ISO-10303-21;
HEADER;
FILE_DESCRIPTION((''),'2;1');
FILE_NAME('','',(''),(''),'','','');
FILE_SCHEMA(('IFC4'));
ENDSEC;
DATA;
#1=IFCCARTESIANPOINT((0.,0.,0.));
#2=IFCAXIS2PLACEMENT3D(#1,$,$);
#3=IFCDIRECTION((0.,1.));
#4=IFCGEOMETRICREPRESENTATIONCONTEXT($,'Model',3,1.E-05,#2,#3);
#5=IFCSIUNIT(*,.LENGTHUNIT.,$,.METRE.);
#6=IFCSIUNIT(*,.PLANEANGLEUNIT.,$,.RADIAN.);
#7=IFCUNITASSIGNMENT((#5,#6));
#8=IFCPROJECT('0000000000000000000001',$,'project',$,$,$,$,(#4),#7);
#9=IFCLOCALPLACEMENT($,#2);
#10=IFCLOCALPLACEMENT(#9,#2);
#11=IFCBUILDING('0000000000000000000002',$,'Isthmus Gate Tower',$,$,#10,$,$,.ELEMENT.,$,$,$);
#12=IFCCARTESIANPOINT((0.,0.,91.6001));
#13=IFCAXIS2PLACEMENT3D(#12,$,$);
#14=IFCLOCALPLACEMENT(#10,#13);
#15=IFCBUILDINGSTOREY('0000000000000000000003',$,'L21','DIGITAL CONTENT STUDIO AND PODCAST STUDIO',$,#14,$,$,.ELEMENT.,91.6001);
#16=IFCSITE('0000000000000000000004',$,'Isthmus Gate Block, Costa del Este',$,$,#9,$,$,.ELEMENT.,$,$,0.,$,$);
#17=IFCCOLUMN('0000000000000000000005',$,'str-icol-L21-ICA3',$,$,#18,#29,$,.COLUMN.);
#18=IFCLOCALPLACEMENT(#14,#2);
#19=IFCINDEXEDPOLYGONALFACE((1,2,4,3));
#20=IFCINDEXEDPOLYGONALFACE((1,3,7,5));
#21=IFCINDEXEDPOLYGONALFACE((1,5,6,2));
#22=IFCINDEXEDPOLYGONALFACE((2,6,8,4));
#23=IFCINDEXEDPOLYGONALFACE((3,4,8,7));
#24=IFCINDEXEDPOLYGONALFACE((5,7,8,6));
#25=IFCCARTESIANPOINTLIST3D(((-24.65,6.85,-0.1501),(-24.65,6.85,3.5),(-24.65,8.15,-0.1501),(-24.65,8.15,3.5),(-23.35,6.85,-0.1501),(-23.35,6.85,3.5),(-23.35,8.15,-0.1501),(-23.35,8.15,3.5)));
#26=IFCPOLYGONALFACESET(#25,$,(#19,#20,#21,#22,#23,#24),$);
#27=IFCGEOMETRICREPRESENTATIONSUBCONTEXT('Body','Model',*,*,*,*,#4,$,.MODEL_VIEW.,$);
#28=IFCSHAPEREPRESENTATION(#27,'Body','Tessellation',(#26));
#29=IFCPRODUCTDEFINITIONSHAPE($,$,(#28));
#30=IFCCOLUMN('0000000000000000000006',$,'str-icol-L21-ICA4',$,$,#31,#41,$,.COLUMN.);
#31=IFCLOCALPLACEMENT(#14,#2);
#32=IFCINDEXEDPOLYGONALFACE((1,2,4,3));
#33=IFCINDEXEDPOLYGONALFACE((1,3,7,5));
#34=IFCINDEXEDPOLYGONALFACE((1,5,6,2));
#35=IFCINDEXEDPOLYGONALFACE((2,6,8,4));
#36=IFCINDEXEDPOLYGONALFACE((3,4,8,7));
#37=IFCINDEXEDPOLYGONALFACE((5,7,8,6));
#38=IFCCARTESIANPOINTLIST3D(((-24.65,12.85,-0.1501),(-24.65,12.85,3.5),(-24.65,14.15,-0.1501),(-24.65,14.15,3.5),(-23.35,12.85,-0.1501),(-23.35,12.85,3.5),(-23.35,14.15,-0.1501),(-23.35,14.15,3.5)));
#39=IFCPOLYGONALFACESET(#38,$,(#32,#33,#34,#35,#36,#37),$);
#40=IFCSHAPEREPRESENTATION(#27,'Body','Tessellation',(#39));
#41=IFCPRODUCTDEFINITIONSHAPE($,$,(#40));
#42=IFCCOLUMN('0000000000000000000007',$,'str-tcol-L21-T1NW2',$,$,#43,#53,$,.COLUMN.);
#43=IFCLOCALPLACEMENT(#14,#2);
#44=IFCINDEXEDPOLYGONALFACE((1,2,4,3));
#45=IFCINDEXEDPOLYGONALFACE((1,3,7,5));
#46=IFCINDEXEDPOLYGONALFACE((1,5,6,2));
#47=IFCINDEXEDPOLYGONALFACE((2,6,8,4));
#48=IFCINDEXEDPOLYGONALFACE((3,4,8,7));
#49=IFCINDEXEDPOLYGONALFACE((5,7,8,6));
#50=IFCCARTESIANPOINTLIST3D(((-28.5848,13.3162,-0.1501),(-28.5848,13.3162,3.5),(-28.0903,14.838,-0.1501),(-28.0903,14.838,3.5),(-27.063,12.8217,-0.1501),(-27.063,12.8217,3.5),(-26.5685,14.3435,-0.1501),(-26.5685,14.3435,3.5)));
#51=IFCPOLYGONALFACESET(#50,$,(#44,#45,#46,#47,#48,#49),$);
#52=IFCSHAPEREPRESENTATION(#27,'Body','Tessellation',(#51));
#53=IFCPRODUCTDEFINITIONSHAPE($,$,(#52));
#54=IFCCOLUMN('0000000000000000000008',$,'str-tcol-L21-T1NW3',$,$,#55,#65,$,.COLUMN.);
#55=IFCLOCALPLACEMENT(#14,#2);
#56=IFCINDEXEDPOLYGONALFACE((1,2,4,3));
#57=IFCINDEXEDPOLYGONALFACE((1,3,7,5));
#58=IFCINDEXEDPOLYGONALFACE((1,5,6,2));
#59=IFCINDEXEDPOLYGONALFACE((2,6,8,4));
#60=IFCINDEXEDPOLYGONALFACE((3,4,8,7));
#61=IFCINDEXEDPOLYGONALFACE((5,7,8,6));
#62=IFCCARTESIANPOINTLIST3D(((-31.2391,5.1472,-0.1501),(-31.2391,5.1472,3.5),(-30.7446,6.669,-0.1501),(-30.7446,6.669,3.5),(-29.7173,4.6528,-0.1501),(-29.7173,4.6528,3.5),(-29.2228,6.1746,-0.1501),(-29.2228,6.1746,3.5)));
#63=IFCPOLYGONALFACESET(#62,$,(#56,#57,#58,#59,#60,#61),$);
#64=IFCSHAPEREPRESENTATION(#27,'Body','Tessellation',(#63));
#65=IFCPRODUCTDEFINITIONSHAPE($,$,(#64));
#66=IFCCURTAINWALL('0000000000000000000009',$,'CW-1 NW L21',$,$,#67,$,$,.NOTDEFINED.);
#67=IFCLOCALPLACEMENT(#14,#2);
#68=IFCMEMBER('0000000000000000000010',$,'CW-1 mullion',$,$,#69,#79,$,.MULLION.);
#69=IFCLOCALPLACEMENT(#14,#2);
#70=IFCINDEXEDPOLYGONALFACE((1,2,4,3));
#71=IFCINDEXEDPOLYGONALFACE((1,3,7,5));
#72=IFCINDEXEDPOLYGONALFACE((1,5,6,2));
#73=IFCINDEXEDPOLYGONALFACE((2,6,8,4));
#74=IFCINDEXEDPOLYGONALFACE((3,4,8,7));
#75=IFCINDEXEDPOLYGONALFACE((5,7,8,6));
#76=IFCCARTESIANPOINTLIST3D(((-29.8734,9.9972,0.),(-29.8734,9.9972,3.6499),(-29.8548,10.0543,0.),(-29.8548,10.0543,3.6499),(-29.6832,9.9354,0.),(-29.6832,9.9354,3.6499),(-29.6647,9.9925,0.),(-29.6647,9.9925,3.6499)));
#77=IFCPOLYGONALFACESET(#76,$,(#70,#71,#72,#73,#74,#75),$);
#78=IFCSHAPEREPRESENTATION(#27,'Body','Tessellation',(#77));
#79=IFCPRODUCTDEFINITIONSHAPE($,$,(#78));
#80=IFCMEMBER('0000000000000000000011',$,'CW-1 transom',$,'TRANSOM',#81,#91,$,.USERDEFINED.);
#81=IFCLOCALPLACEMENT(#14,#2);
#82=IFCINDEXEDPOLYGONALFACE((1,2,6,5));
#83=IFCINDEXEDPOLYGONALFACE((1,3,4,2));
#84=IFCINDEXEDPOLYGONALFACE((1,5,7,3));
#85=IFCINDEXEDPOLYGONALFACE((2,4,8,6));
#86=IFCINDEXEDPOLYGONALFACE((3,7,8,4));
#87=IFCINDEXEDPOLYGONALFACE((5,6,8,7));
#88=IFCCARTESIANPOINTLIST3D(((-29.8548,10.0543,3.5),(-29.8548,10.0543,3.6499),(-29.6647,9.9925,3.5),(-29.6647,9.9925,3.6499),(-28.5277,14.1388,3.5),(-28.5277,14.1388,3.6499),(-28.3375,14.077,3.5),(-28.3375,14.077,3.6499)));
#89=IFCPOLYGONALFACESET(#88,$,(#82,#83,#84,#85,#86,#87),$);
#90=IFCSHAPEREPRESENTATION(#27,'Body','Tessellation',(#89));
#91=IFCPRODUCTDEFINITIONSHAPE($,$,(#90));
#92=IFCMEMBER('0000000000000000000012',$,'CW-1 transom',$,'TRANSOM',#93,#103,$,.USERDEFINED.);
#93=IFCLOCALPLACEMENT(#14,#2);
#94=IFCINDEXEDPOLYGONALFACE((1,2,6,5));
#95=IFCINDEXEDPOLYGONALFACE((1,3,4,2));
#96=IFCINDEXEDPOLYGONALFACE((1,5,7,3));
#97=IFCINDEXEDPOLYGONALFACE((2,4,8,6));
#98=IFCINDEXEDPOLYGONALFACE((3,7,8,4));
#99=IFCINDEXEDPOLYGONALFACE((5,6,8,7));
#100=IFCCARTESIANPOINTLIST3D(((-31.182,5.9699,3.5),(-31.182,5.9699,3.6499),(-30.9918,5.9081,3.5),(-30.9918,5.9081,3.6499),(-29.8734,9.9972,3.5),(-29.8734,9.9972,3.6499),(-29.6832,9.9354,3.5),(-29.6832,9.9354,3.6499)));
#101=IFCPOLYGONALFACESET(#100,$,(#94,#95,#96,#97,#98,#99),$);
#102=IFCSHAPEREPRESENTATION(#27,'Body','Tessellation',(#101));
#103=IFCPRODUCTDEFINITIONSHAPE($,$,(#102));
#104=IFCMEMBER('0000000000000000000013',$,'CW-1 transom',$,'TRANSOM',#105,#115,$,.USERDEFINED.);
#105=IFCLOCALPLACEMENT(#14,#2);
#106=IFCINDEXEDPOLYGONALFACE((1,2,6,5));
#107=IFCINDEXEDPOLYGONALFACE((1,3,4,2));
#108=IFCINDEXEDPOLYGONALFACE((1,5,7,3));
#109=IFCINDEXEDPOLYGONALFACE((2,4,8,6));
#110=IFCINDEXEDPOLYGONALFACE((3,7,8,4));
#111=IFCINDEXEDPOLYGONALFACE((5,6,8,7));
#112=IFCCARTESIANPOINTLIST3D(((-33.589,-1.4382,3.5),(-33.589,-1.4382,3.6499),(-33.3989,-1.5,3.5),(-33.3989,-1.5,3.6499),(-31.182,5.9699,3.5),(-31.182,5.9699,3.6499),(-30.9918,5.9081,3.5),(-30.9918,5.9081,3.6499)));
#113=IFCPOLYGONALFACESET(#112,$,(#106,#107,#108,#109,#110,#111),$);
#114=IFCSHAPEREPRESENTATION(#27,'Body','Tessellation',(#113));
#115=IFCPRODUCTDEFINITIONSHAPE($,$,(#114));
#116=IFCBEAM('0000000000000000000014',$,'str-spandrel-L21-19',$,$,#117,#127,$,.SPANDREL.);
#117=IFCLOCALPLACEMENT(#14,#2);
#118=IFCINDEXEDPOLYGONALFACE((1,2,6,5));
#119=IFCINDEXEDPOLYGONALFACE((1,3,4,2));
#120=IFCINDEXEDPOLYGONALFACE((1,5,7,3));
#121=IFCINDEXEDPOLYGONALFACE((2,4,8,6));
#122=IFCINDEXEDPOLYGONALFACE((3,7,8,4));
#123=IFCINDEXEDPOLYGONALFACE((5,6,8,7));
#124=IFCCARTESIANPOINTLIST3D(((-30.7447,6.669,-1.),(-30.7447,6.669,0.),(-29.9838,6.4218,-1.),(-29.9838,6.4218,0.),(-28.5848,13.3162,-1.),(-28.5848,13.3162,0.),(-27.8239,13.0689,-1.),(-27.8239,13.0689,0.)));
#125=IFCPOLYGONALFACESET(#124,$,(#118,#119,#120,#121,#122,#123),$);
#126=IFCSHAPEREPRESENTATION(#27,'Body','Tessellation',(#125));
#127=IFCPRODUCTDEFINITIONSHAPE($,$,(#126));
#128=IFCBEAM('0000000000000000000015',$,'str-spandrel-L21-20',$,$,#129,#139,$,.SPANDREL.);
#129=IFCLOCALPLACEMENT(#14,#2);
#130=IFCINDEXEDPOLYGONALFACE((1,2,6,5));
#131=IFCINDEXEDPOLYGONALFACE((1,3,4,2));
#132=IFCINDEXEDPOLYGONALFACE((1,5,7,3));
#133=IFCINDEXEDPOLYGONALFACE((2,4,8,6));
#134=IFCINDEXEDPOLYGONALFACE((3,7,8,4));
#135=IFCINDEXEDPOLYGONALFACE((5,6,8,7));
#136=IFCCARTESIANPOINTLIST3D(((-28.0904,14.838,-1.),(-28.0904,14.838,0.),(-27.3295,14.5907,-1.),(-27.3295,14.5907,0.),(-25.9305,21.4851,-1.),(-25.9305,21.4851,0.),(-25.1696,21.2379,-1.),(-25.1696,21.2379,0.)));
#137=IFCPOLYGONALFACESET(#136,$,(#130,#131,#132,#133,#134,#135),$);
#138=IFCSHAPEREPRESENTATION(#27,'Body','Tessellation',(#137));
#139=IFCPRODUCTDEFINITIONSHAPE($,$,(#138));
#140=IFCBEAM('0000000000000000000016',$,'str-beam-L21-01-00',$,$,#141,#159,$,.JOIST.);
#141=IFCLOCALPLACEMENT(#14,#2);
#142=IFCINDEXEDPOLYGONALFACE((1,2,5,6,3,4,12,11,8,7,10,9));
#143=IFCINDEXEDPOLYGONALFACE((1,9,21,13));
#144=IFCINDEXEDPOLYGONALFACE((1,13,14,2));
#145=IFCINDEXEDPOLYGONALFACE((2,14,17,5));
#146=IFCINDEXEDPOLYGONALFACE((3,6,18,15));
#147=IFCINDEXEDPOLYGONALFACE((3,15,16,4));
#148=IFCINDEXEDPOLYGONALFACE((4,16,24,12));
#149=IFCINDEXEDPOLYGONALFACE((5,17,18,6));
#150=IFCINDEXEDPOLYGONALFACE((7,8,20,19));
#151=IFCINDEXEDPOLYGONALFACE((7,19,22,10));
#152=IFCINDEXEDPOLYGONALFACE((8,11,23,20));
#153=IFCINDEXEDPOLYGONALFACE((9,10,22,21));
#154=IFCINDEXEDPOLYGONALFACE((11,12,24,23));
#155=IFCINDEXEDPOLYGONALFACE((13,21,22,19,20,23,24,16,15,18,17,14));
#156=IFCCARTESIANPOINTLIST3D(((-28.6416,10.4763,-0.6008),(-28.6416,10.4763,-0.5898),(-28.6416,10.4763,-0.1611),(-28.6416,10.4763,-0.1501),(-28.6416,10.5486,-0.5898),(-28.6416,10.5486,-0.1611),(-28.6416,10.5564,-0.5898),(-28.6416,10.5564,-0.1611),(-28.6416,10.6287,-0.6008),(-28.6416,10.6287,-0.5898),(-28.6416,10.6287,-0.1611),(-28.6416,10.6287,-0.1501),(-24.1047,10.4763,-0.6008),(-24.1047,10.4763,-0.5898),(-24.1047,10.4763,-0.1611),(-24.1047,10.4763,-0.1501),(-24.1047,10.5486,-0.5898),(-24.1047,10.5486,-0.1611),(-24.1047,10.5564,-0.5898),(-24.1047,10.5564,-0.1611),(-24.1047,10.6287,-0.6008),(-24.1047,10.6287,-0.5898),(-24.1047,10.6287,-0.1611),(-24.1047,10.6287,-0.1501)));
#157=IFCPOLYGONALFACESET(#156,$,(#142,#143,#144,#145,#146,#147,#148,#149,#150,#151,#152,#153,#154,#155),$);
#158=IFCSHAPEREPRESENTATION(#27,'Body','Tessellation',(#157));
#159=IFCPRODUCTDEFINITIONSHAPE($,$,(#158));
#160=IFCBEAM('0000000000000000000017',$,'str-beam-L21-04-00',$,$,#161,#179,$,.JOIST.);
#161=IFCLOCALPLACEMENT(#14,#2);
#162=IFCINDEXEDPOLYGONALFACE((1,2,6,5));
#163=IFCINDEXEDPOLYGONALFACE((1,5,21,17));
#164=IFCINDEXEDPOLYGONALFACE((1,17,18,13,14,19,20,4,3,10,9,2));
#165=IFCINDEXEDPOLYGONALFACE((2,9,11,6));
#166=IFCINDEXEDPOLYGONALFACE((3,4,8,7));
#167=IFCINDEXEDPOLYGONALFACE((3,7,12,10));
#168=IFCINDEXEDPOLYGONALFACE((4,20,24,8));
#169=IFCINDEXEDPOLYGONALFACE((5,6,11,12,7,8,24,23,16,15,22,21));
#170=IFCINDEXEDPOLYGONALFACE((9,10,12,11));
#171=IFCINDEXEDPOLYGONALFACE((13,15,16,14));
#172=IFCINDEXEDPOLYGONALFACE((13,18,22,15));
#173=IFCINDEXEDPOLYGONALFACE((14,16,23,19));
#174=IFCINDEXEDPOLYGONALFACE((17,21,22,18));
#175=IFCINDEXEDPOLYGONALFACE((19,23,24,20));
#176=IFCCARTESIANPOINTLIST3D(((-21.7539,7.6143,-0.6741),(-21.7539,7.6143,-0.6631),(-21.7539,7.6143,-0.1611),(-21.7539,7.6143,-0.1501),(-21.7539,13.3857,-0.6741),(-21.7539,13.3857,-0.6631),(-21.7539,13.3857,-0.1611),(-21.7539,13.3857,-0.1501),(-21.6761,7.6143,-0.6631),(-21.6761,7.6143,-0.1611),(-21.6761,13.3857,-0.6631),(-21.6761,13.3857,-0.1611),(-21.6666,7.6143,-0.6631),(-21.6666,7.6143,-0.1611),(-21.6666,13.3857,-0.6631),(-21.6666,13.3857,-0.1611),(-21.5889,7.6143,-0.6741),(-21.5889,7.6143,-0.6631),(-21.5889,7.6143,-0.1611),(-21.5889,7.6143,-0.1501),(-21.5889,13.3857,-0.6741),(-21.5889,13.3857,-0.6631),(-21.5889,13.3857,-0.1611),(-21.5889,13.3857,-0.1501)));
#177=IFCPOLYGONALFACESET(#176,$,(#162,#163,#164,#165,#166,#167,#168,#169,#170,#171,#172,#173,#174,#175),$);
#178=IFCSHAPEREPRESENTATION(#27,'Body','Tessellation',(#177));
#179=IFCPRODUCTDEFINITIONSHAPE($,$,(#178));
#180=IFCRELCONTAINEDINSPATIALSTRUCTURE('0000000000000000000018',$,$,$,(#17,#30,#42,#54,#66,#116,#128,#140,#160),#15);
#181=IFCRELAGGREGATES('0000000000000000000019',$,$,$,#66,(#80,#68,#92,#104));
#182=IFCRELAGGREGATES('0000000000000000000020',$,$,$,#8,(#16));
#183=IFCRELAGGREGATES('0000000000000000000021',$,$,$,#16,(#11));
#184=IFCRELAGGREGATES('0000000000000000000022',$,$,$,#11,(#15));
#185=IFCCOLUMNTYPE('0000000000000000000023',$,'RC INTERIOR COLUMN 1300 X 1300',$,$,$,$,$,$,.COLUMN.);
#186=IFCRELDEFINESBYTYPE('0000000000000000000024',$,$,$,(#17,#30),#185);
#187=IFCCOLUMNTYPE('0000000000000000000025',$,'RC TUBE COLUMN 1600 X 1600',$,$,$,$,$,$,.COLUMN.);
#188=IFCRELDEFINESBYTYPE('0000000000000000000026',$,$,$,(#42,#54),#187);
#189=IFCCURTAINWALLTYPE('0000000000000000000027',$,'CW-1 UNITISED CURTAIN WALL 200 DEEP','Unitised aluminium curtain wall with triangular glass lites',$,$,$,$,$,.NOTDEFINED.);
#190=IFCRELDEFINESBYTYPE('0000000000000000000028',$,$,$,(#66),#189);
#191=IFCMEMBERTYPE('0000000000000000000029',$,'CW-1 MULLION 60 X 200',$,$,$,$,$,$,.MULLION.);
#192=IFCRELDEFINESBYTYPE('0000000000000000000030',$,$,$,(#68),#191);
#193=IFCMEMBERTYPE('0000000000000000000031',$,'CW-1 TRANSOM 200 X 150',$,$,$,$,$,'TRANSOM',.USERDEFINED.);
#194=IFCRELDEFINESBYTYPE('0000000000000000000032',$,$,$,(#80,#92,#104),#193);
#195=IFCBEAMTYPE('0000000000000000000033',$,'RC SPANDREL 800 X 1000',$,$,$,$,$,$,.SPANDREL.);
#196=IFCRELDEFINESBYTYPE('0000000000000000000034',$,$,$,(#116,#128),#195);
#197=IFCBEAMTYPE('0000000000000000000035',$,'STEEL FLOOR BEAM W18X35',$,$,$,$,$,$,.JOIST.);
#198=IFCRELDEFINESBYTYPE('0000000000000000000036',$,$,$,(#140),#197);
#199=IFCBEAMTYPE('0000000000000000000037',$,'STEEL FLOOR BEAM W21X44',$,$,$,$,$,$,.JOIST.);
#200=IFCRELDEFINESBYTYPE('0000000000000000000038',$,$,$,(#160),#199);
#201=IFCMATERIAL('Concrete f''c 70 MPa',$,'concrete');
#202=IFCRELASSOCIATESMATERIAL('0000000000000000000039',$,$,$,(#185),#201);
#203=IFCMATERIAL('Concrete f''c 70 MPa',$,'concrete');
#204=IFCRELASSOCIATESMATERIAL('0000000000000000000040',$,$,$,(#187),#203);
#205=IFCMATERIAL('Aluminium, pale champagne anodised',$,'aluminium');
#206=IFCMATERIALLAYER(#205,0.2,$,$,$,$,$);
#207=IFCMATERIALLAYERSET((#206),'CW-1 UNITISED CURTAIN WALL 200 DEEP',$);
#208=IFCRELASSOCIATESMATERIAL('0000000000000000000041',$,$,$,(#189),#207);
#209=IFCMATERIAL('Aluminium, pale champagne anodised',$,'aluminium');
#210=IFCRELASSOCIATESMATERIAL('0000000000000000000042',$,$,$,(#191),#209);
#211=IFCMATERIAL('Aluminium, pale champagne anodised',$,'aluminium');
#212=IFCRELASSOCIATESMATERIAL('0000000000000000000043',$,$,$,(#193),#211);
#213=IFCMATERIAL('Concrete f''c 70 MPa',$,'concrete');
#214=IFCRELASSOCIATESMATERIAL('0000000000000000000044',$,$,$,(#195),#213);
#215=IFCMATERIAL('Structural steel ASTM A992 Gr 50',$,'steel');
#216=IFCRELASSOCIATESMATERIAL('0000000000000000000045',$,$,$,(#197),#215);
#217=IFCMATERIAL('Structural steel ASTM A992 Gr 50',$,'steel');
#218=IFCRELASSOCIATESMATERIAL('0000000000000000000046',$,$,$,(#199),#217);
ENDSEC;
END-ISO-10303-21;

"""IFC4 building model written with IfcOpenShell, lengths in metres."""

from ifc_helpers import new_model, si_unit, direction, frame, origin, origin_2d, place, context, subcontext, project, spatial, rectangle, i_section, extrude, material, layer, layer_set, material_profile, profile_set, type_object, element, aggregate, save


model = new_model("IFC4")

# Units and contexts
model_context = context("Model", 3, precision=1e-05, world=origin(), true_north=direction((0.0, 1.0)))
body_context = subcontext(model_context, "Body", "Model", "MODEL_VIEW")
ifc_project = project(units=[si_unit("LENGTHUNIT", "METRE"), si_unit("PLANEANGLEUNIT", "RADIAN")], contexts=[model_context])

# Site, building, storey
site_placement = place(None, origin())
site = spatial("IfcSite", under=ifc_project, at=site_placement, Name="Isthmus Gate Block, Costa del Este", CompositionType="ELEMENT", RefElevation=0.0)
building_placement = place(site_placement, origin())
building = spatial("IfcBuilding", under=site, at=building_placement, Name="Isthmus Gate Tower", CompositionType="ELEMENT")
storey_placement = place(building_placement, frame((0.0, 0.0, 91.6001)))
storey = spatial("IfcBuildingStorey", under=building, at=storey_placement, Name="L21", Description="DIGITAL CONTENT STUDIO AND PODCAST STUDIO", CompositionType="ELEMENT", Elevation=91.6001)

# Columns
ifc_material_1 = material(Name="Concrete f'c 70 MPa", Category="concrete")
ifc_material_profile_1 = material_profile(ifc_material_1, rectangle(XDim=1.3, YDim=1.3, at=origin_2d()), Name="RC 1300X1300")
ifc_profile_set_1 = profile_set([ifc_material_profile_1], Name="Concrete f'c 70 MPa")
column_type_1 = type_object("IfcColumnType", Name="RC INTERIOR COLUMN 1300 X 1300", PredefinedType="COLUMN", material=ifc_profile_set_1)
for number, where, z_axis, x_axis, name in (
    (1, (-24.0, 7.5, -0.1501), (0.0, 0.0, 1.0), (1.0, 0.0, 0.0), "str-icol-L21-ICA3"),
    (2, (-24.0, 13.5, -0.1501), (0.0, 0.0, 1.0), (1.0, 0.0, 0.0), "str-icol-L21-ICA4"),
):
    element("IfcColumn", number, at=place(storey_placement, frame(where, z_axis=z_axis, x_axis=x_axis)), inside=storey, type_object=column_type_1, Name=name, PredefinedType="COLUMN", context=body_context, shape_type="SweptSolid", body=[
        extrude(rectangle(XDim=1.3, YDim=1.3, at=origin_2d()), origin(), (0.0, 0.0, 1.0), 3.6501),
    ])
ifc_material_2 = material(Name="Concrete f'c 70 MPa", Category="concrete")
ifc_material_profile_2 = material_profile(ifc_material_2, rectangle(XDim=1.6001, YDim=1.6001, at=origin_2d()), Name="RC 1600X1600")
ifc_profile_set_2 = profile_set([ifc_material_profile_2], Name="Concrete f'c 70 MPa")
column_type_2 = type_object("IfcColumnType", Name="RC TUBE COLUMN 1600 X 1600", PredefinedType="COLUMN", material=ifc_profile_set_2)
for number, where, z_axis, x_axis, name in (
    (3, (-27.5767, 13.8298, -0.1501), (0.0, 0.0, 1.0), (-0.309017, -0.951057, 0.0), "str-tcol-L21-T1NW2"),
    (4, (-30.231, 5.6609, -0.1501), (0.0, 0.0, 1.0), (-0.309017, -0.951057, 0.0), "str-tcol-L21-T1NW3"),
):
    element("IfcColumn", number, at=place(storey_placement, frame(where, z_axis=z_axis, x_axis=x_axis)), inside=storey, type_object=column_type_2, Name=name, PredefinedType="COLUMN", context=body_context, shape_type="SweptSolid", body=[
        extrude(rectangle(XDim=1.6001, YDim=1.6001, at=origin_2d()), origin(), (0.0, 0.0, 1.0), 3.6501),
    ])

# Curtain wall, members
ifc_material_3 = material(Name="Aluminium, pale champagne anodised", Category="aluminium")
ifc_layer_1 = layer(ifc_material_3, 0.2)
ifc_layer_set_1 = layer_set([ifc_layer_1], Name="CW-1 UNITISED CURTAIN WALL 200 DEEP")
curtain_wall_type = type_object("IfcCurtainWallType", Name="CW-1 UNITISED CURTAIN WALL 200 DEEP", Description="Unitised aluminium curtain wall with triangular glass lites", PredefinedType="NOTDEFINED", material=ifc_layer_set_1)
curtain_wall_placement = place(storey_placement, origin())
curtain_wall = element("IfcCurtainWall", 5, at=curtain_wall_placement, inside=storey, type_object=curtain_wall_type, Name="CW-1 NW L21", PredefinedType="NOTDEFINED")
ifc_material_4 = material(Name="Aluminium, pale champagne anodised", Category="aluminium")
ifc_material_profile_3 = material_profile(ifc_material_4, rectangle(XDim=0.0601, YDim=0.2, at=origin_2d()), Name="60x200")
ifc_profile_set_3 = profile_set([ifc_material_profile_3], Name="Aluminium, pale champagne anodised")
member_type_1 = type_object("IfcMemberType", Name="CW-1 MULLION 60 X 200", PredefinedType="MULLION", material=ifc_profile_set_3)
member_1_placement = place(storey_placement, frame((-29.769, 9.9949, 0.0), z_axis=(0.0, 0.0, 1.0), x_axis=(-0.309017, -0.951057, 0.0)))
member_1 = element("IfcMember", 6, at=member_1_placement, type_object=member_type_1, Name="CW-1 mullion", PredefinedType="MULLION", context=body_context, shape_type="SweptSolid", body=[
    extrude(rectangle(XDim=0.0601, YDim=0.2, at=origin_2d()), origin(), (0.0, 0.0, 1.0), 3.6499),
])
ifc_material_5 = material(Name="Aluminium, pale champagne anodised", Category="aluminium")
ifc_material_profile_4 = material_profile(ifc_material_5, rectangle(XDim=0.2, YDim=0.1499, at=origin_2d()), Name="200x150")
ifc_profile_set_4 = profile_set([ifc_material_profile_4], Name="Aluminium, pale champagne anodised")
member_type_2 = type_object("IfcMemberType", Name="CW-1 TRANSOM 200 X 150", ElementType="TRANSOM", PredefinedType="USERDEFINED", material=ifc_profile_set_4)
member_2_placement = place(storey_placement, frame((-28.4326, 14.1079, 3.575), z_axis=(-0.309022, -0.951055, 0.0), x_axis=(0.951055, -0.309022, 0.0)))
member_2 = element("IfcMember", 7, at=member_2_placement, type_object=member_type_2, Name="CW-1 transom", ObjectType="TRANSOM", PredefinedType="USERDEFINED", context=body_context, shape_type="SweptSolid", body=[
    extrude(rectangle(XDim=0.2, YDim=0.1499, at=origin_2d()), origin(), (0.0, 0.0, 1.0), 4.2947),
])
member_3_placement = place(storey_placement, frame((-29.7783, 9.9663, 3.575), z_axis=(-0.309023, -0.951054, 0.0), x_axis=(0.951054, -0.309023, 0.0)))
member_3 = element("IfcMember", 8, at=member_3_placement, type_object=member_type_2, Name="CW-1 transom", ObjectType="TRANSOM", PredefinedType="USERDEFINED", context=body_context, shape_type="SweptSolid", body=[
    extrude(rectangle(XDim=0.2, YDim=0.1499, at=origin_2d()), origin(), (0.0, 0.0, 1.0), 4.2346),
])
member_4_placement = place(storey_placement, frame((-31.0869, 5.939, 3.575), z_axis=(-0.309016, -0.951057, 0.0), x_axis=(0.951057, -0.309016, 0.0)))
member_4 = element("IfcMember", 9, at=member_4_placement, type_object=member_type_2, Name="CW-1 transom", ObjectType="TRANSOM", PredefinedType="USERDEFINED", context=body_context, shape_type="SweptSolid", body=[
    extrude(rectangle(XDim=0.2, YDim=0.1499, at=origin_2d()), origin(), (0.0, 0.0, 1.0), 7.7893),
])

# Beams
ifc_material_6 = material(Name="Concrete f'c 70 MPa", Category="concrete")
ifc_material_profile_5 = material_profile(ifc_material_6, rectangle(XDim=0.8, YDim=1.0, at=origin_2d()), Name="RC 800X1000")
ifc_profile_set_5 = profile_set([ifc_material_profile_5], Name="Concrete f'c 70 MPa")
beam_type_1 = type_object("IfcBeamType", Name="RC SPANDREL 800 X 1000", PredefinedType="SPANDREL", material=ifc_profile_set_5)
for number, where, z_axis, x_axis, name in (
    (10, (-30.3643, 6.5454, -0.5), (0.30903, 0.951052, 0.0), (-0.951052, 0.30903, 0.0), "str-spandrel-L21-19"),
    (11, (-27.71, 14.7144, -0.5), (0.30903, 0.951052, 0.0), (-0.951052, 0.30903, 0.0), "str-spandrel-L21-20"),
):
    element("IfcBeam", number, at=place(storey_placement, frame(where, z_axis=z_axis, x_axis=x_axis)), inside=storey, type_object=beam_type_1, Name=name, PredefinedType="SPANDREL", context=body_context, shape_type="SweptSolid", body=[
        extrude(rectangle(XDim=0.8, YDim=1.0, at=origin_2d()), origin(), (0.0, 0.0, 1.0), 6.9893),
    ])
ifc_material_7 = material(Name="Structural steel ASTM A992 Gr 50", Category="steel")
ifc_material_profile_6 = material_profile(ifc_material_7, i_section(OverallWidth=0.1523, OverallDepth=0.4507, WebThickness=0.0078, FlangeThickness=0.011, at=origin_2d()), Name="W18X35")
ifc_profile_set_6 = profile_set([ifc_material_profile_6], Name="Structural steel ASTM A992 Gr 50")
beam_type_2 = type_object("IfcBeamType", Name="STEEL FLOOR BEAM W18X35", PredefinedType="JOIST", material=ifc_profile_set_6)
beam_1_placement = place(storey_placement, frame((-28.6416, 10.5525, -0.3755), z_axis=(1.0, 0.0, 0.0), x_axis=(0.0, 1.0, 0.0)))
element("IfcBeam", 12, at=beam_1_placement, inside=storey, type_object=beam_type_2, Name="str-beam-L21-01-00", PredefinedType="JOIST", context=body_context, shape_type="SweptSolid", body=[
    extrude(i_section(OverallWidth=0.1523, OverallDepth=0.4507, WebThickness=0.0078, FlangeThickness=0.011, at=origin_2d()), origin(), (0.0, 0.0, 1.0), 4.5369),
])
ifc_material_8 = material(Name="Structural steel ASTM A992 Gr 50", Category="steel")
ifc_material_profile_7 = material_profile(ifc_material_8, i_section(OverallWidth=0.165, OverallDepth=0.5239, WebThickness=0.0095, FlangeThickness=0.011, at=origin_2d()), Name="W21X44")
ifc_profile_set_7 = profile_set([ifc_material_profile_7], Name="Structural steel ASTM A992 Gr 50")
beam_type_3 = type_object("IfcBeamType", Name="STEEL FLOOR BEAM W21X44", PredefinedType="JOIST", material=ifc_profile_set_7)
for number, where, z_axis, x_axis, name in (
    (13, (-21.6714, 7.6143, -0.4121), (0.0, 1.0, 0.0), (-1.0, 0.0, 0.0), "str-beam-L21-04-00"),
):
    element("IfcBeam", number, at=place(storey_placement, frame(where, z_axis=z_axis, x_axis=x_axis)), inside=storey, type_object=beam_type_3, Name=name, PredefinedType="JOIST", context=body_context, shape_type="SweptSolid", body=[
        extrude(i_section(OverallWidth=0.165, OverallDepth=0.5239, WebThickness=0.0095, FlangeThickness=0.011, at=origin_2d()), origin(), (0.0, 0.0, 1.0), 5.7715),
    ])

aggregate(curtain_wall, [member_2, member_1, member_3, member_4])

save(model, "model.ifc")
